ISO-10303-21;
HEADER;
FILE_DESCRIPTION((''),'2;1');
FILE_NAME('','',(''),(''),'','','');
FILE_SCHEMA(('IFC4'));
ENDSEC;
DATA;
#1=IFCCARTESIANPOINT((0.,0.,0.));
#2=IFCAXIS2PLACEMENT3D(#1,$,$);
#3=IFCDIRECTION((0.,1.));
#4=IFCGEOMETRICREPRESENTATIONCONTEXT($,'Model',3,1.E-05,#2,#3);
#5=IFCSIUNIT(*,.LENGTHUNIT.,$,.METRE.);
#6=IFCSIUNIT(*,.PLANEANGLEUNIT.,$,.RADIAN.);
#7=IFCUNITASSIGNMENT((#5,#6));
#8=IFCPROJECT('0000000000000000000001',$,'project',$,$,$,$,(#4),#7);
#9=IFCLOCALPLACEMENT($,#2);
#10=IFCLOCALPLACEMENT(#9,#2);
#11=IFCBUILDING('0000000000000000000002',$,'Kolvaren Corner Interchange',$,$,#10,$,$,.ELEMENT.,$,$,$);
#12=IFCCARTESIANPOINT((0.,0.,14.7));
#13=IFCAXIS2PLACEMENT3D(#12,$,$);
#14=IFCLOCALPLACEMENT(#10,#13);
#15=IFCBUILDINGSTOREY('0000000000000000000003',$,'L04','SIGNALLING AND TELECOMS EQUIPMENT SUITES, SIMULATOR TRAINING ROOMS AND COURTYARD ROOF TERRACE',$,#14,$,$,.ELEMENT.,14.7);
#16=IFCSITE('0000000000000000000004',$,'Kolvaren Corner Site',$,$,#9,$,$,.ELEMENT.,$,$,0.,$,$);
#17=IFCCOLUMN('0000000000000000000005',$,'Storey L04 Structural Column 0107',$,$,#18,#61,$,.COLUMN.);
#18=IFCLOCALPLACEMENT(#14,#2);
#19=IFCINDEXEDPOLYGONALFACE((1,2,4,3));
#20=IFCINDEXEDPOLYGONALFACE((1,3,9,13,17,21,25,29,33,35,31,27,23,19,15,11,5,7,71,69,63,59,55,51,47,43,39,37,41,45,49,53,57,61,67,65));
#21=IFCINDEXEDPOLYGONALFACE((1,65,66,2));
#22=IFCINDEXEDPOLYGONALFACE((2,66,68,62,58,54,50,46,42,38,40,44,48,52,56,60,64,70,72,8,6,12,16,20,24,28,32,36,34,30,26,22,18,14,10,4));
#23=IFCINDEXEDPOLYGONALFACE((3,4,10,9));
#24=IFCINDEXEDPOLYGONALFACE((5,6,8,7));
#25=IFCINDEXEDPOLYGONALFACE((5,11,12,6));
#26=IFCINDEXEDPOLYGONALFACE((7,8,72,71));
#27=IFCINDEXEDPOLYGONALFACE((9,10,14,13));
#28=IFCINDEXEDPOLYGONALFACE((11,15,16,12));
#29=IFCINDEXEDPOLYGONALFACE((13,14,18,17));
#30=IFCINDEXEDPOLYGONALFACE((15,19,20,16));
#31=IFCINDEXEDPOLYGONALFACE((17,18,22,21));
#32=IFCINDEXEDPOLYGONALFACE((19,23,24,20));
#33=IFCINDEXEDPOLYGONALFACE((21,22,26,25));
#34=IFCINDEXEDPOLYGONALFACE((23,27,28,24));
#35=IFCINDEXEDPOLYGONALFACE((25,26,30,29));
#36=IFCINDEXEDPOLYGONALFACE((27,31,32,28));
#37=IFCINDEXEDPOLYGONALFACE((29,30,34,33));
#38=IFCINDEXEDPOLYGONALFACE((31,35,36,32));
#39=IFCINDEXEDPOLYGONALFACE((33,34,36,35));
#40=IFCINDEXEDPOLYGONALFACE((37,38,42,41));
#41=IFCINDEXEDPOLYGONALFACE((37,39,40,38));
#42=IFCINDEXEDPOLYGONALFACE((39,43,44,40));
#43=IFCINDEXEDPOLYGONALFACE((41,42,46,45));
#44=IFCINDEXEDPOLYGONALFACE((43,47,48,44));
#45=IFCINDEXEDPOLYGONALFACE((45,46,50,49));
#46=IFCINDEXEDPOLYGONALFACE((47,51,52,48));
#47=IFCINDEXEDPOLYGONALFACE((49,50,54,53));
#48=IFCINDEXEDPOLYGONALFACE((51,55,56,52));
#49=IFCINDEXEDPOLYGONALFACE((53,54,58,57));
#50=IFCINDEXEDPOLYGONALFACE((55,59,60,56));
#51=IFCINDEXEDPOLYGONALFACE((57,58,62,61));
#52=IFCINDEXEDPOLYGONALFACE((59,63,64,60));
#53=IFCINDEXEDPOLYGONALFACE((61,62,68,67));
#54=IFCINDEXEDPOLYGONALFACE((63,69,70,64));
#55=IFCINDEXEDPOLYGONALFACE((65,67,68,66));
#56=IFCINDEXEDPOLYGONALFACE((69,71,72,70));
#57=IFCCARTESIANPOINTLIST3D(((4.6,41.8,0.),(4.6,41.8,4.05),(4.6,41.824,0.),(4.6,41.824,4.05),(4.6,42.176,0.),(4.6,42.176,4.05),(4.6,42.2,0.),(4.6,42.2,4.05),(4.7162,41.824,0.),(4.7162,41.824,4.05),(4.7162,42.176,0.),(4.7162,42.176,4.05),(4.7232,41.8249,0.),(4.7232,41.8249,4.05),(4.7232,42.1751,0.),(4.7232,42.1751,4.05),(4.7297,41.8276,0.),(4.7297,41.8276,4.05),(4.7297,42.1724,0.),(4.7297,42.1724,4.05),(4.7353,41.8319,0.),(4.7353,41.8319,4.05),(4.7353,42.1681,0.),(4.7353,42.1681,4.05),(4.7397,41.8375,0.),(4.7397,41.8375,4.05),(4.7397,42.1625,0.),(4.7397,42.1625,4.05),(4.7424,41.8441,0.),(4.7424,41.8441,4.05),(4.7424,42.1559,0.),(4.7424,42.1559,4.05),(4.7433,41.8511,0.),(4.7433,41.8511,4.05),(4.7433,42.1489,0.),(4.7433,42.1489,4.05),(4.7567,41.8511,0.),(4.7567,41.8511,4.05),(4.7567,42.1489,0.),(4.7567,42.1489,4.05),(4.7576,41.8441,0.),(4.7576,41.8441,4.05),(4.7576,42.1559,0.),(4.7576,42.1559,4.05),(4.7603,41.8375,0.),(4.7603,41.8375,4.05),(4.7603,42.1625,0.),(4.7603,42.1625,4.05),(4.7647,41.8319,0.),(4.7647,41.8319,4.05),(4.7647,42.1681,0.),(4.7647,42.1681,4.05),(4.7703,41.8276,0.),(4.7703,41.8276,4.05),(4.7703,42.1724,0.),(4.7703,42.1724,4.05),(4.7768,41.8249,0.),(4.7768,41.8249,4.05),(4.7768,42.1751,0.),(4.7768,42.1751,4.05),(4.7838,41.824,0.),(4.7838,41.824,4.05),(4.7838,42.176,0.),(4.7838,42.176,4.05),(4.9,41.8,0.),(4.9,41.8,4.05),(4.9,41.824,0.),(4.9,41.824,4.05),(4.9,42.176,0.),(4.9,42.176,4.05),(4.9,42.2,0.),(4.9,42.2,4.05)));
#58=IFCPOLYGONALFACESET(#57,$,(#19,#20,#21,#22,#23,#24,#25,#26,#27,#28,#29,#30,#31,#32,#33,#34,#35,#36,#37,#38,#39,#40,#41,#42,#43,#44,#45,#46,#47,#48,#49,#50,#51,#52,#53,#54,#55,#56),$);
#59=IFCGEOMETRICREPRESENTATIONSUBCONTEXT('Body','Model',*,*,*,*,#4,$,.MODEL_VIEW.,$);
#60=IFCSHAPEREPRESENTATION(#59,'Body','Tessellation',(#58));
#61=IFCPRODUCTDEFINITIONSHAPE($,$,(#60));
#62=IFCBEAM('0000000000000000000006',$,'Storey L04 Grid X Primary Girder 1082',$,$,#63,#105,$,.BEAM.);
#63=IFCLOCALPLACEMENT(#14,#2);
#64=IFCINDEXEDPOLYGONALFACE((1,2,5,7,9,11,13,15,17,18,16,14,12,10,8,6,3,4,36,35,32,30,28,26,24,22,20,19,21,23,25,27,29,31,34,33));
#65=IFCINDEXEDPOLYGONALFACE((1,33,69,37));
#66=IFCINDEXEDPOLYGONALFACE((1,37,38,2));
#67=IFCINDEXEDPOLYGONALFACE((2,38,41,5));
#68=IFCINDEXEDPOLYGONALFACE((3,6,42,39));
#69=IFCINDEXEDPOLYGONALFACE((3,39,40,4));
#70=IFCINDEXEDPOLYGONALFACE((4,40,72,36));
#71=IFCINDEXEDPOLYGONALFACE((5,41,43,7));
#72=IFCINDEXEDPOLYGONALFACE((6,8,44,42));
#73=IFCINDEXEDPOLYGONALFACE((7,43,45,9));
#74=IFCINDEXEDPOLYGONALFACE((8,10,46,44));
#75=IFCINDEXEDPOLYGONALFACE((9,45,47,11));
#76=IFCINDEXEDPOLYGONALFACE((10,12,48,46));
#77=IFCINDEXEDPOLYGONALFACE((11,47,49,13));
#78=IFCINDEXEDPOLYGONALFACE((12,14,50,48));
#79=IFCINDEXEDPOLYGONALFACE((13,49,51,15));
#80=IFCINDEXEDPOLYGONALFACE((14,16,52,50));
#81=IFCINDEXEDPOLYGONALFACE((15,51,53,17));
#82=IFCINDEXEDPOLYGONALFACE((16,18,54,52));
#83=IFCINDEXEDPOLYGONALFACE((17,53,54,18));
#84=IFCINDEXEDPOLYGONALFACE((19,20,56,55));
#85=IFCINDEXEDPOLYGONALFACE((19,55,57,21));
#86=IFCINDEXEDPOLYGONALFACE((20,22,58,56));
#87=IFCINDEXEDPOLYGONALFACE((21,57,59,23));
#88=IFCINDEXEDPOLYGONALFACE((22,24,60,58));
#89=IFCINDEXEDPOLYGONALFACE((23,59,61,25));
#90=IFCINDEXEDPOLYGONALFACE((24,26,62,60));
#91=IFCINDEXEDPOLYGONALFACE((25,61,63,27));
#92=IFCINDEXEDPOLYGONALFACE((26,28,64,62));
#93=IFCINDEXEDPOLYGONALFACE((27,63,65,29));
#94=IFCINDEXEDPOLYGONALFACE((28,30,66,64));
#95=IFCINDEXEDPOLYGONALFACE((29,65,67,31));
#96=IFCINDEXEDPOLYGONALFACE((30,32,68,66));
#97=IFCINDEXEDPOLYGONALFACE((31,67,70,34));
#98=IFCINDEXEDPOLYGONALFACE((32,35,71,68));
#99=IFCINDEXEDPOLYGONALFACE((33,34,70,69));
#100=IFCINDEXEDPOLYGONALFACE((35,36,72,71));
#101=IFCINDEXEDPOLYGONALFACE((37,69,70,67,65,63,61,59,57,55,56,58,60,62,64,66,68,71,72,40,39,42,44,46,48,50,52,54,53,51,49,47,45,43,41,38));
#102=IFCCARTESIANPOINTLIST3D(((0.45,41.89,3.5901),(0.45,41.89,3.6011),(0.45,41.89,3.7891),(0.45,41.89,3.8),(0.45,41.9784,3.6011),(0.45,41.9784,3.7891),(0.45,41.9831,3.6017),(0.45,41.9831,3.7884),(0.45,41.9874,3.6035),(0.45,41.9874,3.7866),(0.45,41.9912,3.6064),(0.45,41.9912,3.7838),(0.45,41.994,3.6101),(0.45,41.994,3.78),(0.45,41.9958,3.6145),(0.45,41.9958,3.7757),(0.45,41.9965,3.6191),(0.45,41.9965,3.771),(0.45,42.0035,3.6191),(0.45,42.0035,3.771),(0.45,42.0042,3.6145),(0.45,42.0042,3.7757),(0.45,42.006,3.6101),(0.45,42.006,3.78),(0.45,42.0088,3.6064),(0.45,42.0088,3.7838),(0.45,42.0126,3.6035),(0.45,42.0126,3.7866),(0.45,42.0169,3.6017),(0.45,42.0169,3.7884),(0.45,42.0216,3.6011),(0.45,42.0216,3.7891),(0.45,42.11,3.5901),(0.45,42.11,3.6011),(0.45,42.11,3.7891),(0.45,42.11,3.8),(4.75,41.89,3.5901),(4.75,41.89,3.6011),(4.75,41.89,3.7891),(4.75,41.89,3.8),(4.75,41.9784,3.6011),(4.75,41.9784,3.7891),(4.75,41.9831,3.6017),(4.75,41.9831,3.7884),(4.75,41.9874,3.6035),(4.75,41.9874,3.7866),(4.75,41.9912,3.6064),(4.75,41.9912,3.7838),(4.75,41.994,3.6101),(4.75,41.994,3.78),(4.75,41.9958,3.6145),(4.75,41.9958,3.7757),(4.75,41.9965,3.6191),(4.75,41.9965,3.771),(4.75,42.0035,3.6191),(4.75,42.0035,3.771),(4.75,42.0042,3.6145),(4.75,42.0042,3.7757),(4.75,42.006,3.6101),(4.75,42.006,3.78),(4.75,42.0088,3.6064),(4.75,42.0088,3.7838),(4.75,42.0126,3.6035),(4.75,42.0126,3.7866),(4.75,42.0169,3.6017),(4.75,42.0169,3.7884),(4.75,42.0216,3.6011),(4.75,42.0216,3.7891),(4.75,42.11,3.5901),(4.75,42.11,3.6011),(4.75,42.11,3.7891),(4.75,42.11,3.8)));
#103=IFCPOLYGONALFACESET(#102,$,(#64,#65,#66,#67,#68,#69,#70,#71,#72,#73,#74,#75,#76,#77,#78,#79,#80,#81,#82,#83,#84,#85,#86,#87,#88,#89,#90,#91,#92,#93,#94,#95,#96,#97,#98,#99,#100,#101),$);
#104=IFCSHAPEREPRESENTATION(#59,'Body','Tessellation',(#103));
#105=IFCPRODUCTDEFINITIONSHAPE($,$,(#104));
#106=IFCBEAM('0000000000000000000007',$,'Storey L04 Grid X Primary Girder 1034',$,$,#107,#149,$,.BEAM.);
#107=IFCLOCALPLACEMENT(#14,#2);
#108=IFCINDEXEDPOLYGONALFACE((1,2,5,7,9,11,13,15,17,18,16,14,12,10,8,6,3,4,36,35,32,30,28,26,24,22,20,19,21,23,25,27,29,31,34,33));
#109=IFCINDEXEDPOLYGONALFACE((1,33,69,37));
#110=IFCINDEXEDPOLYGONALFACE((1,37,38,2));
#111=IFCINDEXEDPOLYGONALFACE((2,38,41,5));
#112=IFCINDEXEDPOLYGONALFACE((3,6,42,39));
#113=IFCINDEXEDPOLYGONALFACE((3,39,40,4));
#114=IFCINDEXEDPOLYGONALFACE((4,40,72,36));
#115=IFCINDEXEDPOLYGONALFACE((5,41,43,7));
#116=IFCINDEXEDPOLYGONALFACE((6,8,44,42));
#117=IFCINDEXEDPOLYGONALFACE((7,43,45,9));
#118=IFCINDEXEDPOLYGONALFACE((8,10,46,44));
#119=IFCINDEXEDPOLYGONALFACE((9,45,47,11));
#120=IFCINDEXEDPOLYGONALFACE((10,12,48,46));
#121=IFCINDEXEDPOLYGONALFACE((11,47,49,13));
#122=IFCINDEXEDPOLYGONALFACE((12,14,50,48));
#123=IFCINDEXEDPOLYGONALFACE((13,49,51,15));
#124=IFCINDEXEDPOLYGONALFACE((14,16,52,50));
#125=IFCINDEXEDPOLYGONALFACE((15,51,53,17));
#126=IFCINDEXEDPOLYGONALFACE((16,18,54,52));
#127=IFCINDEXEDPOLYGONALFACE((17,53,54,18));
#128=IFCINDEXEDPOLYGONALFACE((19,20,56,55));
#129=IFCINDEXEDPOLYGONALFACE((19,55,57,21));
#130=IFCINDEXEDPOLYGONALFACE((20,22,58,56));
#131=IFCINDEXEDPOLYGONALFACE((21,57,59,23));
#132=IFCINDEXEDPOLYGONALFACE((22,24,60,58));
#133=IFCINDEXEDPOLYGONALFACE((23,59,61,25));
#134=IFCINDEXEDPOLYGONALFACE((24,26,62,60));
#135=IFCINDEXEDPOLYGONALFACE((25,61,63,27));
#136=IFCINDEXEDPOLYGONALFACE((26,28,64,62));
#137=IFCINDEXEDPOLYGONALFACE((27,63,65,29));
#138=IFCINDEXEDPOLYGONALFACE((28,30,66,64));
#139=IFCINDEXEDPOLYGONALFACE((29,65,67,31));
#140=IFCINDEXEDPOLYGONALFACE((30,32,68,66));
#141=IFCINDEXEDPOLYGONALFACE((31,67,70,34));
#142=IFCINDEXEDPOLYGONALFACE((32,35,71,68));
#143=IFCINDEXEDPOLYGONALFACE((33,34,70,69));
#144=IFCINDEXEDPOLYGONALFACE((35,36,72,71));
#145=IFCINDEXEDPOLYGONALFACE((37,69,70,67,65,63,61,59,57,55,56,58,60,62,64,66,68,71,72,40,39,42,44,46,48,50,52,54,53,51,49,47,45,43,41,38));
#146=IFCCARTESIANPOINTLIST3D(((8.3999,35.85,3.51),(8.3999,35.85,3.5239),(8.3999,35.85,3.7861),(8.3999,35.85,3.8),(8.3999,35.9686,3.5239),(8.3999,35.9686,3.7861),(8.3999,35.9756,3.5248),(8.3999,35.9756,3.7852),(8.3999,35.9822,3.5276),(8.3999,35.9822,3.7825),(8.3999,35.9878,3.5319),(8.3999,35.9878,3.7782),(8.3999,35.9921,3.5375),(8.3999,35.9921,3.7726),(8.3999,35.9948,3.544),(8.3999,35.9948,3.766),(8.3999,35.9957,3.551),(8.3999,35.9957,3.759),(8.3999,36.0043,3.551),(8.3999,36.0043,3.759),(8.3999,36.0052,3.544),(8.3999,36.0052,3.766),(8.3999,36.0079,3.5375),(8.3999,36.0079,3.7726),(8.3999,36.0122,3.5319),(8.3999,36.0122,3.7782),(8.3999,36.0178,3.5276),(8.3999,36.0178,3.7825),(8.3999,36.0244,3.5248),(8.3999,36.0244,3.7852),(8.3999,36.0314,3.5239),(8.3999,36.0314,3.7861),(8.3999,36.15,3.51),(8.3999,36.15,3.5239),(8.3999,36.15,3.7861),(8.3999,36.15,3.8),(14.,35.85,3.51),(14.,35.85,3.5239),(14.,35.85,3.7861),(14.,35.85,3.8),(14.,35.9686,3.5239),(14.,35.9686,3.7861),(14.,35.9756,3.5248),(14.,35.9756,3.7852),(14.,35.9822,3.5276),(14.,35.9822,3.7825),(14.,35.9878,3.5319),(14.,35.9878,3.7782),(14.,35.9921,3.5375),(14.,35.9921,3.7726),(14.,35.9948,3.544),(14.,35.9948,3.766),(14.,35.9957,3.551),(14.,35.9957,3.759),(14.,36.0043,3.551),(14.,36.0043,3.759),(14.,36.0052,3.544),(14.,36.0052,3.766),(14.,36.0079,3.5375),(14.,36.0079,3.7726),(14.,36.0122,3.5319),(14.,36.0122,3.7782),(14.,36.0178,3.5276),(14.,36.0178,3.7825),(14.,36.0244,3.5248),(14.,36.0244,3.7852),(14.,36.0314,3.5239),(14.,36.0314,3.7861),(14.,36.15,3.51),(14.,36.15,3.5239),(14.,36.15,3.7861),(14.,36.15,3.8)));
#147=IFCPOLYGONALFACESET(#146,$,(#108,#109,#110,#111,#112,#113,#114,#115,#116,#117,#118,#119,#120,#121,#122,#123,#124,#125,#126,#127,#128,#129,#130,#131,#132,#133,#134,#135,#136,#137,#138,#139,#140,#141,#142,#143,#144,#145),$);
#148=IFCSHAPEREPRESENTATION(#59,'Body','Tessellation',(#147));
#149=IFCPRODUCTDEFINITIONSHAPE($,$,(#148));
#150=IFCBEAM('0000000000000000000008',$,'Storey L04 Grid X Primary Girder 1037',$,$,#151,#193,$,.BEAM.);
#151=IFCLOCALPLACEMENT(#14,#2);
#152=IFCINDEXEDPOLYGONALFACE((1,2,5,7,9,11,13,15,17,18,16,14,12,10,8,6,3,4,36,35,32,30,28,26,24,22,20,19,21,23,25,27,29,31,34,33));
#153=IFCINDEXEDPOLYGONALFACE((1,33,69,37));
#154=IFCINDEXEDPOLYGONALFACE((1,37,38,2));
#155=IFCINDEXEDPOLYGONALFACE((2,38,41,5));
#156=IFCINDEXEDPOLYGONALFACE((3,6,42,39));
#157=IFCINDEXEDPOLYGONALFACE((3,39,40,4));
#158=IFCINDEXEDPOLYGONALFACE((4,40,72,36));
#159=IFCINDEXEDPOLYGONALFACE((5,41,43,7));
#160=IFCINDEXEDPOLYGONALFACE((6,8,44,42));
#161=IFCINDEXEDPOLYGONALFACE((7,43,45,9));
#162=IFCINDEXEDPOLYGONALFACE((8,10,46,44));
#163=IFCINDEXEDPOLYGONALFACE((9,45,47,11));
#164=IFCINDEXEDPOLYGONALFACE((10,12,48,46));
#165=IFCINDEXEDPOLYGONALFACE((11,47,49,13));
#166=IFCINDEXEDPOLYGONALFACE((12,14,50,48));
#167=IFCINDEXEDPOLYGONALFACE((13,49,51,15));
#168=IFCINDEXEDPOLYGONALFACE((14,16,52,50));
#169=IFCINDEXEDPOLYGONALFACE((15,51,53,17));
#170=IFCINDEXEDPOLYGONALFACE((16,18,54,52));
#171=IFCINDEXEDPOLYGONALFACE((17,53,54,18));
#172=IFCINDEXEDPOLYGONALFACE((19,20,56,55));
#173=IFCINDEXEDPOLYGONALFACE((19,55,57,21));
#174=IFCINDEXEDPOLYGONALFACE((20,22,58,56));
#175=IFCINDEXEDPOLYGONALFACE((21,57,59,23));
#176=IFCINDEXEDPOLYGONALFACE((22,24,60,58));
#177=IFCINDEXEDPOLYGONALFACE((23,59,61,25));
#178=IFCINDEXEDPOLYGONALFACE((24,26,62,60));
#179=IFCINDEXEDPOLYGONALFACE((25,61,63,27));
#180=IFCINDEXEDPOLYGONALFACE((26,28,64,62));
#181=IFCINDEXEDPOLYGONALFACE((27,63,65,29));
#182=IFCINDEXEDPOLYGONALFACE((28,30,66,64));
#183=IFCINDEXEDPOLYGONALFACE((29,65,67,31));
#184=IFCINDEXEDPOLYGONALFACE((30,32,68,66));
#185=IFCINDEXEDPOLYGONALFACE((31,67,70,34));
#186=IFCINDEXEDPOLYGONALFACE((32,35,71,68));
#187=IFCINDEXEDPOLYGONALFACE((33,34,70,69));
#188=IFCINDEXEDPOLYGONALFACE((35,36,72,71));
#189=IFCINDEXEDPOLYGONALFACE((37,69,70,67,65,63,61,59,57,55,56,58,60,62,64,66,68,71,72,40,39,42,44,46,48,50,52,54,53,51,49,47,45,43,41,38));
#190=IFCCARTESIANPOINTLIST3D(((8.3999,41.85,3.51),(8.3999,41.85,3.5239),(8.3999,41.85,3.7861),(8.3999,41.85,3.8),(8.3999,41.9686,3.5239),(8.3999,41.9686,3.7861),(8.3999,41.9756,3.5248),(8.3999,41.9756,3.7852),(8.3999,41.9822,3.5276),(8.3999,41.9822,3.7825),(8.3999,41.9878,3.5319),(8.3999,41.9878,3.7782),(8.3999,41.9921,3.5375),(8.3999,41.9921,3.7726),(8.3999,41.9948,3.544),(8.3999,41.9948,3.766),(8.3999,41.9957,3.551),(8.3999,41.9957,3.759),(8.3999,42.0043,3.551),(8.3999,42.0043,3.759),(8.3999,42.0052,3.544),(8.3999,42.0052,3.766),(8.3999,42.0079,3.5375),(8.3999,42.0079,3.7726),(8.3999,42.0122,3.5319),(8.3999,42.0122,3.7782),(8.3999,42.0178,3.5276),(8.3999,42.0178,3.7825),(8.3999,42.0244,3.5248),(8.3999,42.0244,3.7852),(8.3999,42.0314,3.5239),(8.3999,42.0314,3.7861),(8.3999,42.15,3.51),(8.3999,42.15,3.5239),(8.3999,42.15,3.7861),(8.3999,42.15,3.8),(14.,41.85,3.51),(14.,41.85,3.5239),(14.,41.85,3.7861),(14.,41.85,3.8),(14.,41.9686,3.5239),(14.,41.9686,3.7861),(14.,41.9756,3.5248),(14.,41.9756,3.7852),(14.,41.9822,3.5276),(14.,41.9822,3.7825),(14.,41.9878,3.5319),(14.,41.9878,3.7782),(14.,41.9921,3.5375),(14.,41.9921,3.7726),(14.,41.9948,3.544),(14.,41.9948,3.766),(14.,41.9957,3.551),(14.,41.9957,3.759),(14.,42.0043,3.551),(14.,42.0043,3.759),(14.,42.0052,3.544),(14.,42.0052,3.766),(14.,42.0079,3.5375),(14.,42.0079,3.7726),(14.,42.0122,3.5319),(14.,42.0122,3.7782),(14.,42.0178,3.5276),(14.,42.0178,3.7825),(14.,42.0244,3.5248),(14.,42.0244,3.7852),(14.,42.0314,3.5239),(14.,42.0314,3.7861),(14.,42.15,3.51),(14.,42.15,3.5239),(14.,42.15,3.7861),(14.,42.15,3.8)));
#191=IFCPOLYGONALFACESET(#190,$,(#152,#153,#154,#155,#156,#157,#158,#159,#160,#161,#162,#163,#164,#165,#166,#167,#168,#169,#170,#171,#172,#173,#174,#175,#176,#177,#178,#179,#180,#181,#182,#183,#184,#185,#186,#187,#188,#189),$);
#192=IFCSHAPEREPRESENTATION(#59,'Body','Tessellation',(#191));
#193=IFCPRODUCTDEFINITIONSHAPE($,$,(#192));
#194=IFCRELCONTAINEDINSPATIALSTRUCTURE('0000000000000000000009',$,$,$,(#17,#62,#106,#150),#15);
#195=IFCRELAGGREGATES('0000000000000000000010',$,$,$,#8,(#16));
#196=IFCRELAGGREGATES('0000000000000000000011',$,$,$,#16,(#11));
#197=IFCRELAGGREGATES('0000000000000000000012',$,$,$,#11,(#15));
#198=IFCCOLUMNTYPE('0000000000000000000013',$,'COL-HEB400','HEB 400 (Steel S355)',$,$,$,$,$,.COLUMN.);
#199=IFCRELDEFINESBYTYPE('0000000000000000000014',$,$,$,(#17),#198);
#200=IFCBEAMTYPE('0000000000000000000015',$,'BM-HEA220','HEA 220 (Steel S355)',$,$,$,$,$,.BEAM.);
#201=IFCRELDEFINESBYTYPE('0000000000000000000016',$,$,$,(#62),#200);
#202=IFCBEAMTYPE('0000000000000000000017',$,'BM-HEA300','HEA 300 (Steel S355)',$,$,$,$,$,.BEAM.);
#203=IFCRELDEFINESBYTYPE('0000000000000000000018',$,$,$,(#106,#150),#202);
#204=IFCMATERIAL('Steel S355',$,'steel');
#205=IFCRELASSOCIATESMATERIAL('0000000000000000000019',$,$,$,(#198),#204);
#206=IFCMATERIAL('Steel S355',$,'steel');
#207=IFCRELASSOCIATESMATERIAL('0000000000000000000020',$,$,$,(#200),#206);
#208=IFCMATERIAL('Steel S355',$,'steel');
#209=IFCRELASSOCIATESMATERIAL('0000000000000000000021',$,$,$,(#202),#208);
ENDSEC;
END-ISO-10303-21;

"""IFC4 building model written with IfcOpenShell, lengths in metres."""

from ifc_helpers import new_model, si_unit, direction, frame, origin, origin_2d, place, context, subcontext, project, spatial, i_section, extrude, material, material_profile, profile_set, type_object, element, save


model = new_model("IFC4")

# Units and contexts
model_context = context("Model", 3, precision=1e-05, world=origin(), true_north=direction((0.0, 1.0)))
body_context = subcontext(model_context, "Body", "Model", "MODEL_VIEW")
ifc_project = project(units=[si_unit("LENGTHUNIT", "METRE"), si_unit("PLANEANGLEUNIT", "RADIAN")], contexts=[model_context])

# Site, building, storey
site_placement = place(None, origin())
site = spatial("IfcSite", under=ifc_project, at=site_placement, Name="Kolvaren Corner Site", CompositionType="ELEMENT", RefElevation=0.0)
building_placement = place(site_placement, origin())
building = spatial("IfcBuilding", under=site, at=building_placement, Name="Kolvaren Corner Interchange", CompositionType="ELEMENT")
storey_placement = place(building_placement, frame((0.0, 0.0, 14.7)))
storey = spatial("IfcBuildingStorey", under=building, at=storey_placement, Name="L04", Description="SIGNALLING AND TELECOMS EQUIPMENT SUITES, SIMULATOR TRAINING ROOMS AND COURTYARD ROOF TERRACE", CompositionType="ELEMENT", Elevation=14.7)

# Column
ifc_material_1 = material(Name="Steel S355", Category="steel")
ifc_material_profile_1 = material_profile(ifc_material_1, i_section(OverallWidth=0.3, OverallDepth=0.3999, WebThickness=0.0134, FlangeThickness=0.0239, FilletRadius=0.0271, at=origin_2d()), Name="HEB 400")
ifc_profile_set_1 = profile_set([ifc_material_profile_1], Name="Steel S355")
column_type_1 = type_object("IfcColumnType", Name="COL-HEB400", Description="HEB 400 (Steel S355)", PredefinedType="COLUMN", material=ifc_profile_set_1)
for number, where, z_axis, x_axis, name in (
    (1, (4.75, 42.0, 0.0), (0.0, 0.0, 1.0), (1.0, 0.0, 0.0), "Storey L04 Structural Column 0107"),
):
    element("IfcColumn", number, at=place(storey_placement, frame(where, z_axis=z_axis, x_axis=x_axis)), inside=storey, type_object=column_type_1, Name=name, PredefinedType="COLUMN", context=body_context, shape_type="SweptSolid", body=[
        extrude(i_section(OverallWidth=0.3, OverallDepth=0.3999, WebThickness=0.0134, FlangeThickness=0.0239, FilletRadius=0.0271, at=origin_2d()), origin(), (0.0, 0.0, 1.0), 4.05),
    ])

# Beams
ifc_material_2 = material(Name="Steel S355", Category="steel")
ifc_material_profile_2 = material_profile(ifc_material_2, i_section(OverallWidth=0.22, OverallDepth=0.21, WebThickness=0.0071, FlangeThickness=0.011, FilletRadius=0.0181, at=origin_2d()), Name="HEA 220")
ifc_profile_set_2 = profile_set([ifc_material_profile_2], Name="Steel S355")
beam_type_1 = type_object("IfcBeamType", Name="BM-HEA220", Description="HEA 220 (Steel S355)", PredefinedType="BEAM", material=ifc_profile_set_2)
beam_1_placement = place(storey_placement, frame((0.45, 42.0, 3.6951), z_axis=(1.0, 0.0, 0.0), x_axis=(0.0, 1.0, 0.0)))
element("IfcBeam", 2, at=beam_1_placement, inside=storey, type_object=beam_type_1, Name="Storey L04 Grid X Primary Girder 1082", PredefinedType="BEAM", context=body_context, shape_type="SweptSolid", body=[
    extrude(i_section(OverallWidth=0.22, OverallDepth=0.21, WebThickness=0.0071, FlangeThickness=0.011, FilletRadius=0.0181, at=origin_2d()), origin(), (0.0, 0.0, 1.0), 4.3),
])
ifc_material_3 = material(Name="Steel S355", Category="steel")
ifc_material_profile_3 = material_profile(ifc_material_3, i_section(OverallWidth=0.3, OverallDepth=0.29, WebThickness=0.0085, FlangeThickness=0.0139, FilletRadius=0.0271, at=origin_2d()), Name="HEA 300")
ifc_profile_set_3 = profile_set([ifc_material_profile_3], Name="Steel S355")
beam_type_2 = type_object("IfcBeamType", Name="BM-HEA300", Description="HEA 300 (Steel S355)", PredefinedType="BEAM", material=ifc_profile_set_3)
for number, where, z_axis, x_axis, name in (
    (3, (8.3999, 36.0, 3.655), (1.0, 0.0, 0.0), (0.0, 1.0, 0.0), "Storey L04 Grid X Primary Girder 1034"),
    (4, (8.3999, 42.0, 3.655), (1.0, 0.0, 0.0), (0.0, 1.0, 0.0), "Storey L04 Grid X Primary Girder 1037"),
):
    element("IfcBeam", number, at=place(storey_placement, frame(where, z_axis=z_axis, x_axis=x_axis)), inside=storey, type_object=beam_type_2, Name=name, PredefinedType="BEAM", context=body_context, shape_type="SweptSolid", body=[
        extrude(i_section(OverallWidth=0.3, OverallDepth=0.29, WebThickness=0.0085, FlangeThickness=0.0139, FilletRadius=0.0271, at=origin_2d()), origin(), (0.0, 0.0, 1.0), 5.6001),
    ])

save(model, "model.ifc")
